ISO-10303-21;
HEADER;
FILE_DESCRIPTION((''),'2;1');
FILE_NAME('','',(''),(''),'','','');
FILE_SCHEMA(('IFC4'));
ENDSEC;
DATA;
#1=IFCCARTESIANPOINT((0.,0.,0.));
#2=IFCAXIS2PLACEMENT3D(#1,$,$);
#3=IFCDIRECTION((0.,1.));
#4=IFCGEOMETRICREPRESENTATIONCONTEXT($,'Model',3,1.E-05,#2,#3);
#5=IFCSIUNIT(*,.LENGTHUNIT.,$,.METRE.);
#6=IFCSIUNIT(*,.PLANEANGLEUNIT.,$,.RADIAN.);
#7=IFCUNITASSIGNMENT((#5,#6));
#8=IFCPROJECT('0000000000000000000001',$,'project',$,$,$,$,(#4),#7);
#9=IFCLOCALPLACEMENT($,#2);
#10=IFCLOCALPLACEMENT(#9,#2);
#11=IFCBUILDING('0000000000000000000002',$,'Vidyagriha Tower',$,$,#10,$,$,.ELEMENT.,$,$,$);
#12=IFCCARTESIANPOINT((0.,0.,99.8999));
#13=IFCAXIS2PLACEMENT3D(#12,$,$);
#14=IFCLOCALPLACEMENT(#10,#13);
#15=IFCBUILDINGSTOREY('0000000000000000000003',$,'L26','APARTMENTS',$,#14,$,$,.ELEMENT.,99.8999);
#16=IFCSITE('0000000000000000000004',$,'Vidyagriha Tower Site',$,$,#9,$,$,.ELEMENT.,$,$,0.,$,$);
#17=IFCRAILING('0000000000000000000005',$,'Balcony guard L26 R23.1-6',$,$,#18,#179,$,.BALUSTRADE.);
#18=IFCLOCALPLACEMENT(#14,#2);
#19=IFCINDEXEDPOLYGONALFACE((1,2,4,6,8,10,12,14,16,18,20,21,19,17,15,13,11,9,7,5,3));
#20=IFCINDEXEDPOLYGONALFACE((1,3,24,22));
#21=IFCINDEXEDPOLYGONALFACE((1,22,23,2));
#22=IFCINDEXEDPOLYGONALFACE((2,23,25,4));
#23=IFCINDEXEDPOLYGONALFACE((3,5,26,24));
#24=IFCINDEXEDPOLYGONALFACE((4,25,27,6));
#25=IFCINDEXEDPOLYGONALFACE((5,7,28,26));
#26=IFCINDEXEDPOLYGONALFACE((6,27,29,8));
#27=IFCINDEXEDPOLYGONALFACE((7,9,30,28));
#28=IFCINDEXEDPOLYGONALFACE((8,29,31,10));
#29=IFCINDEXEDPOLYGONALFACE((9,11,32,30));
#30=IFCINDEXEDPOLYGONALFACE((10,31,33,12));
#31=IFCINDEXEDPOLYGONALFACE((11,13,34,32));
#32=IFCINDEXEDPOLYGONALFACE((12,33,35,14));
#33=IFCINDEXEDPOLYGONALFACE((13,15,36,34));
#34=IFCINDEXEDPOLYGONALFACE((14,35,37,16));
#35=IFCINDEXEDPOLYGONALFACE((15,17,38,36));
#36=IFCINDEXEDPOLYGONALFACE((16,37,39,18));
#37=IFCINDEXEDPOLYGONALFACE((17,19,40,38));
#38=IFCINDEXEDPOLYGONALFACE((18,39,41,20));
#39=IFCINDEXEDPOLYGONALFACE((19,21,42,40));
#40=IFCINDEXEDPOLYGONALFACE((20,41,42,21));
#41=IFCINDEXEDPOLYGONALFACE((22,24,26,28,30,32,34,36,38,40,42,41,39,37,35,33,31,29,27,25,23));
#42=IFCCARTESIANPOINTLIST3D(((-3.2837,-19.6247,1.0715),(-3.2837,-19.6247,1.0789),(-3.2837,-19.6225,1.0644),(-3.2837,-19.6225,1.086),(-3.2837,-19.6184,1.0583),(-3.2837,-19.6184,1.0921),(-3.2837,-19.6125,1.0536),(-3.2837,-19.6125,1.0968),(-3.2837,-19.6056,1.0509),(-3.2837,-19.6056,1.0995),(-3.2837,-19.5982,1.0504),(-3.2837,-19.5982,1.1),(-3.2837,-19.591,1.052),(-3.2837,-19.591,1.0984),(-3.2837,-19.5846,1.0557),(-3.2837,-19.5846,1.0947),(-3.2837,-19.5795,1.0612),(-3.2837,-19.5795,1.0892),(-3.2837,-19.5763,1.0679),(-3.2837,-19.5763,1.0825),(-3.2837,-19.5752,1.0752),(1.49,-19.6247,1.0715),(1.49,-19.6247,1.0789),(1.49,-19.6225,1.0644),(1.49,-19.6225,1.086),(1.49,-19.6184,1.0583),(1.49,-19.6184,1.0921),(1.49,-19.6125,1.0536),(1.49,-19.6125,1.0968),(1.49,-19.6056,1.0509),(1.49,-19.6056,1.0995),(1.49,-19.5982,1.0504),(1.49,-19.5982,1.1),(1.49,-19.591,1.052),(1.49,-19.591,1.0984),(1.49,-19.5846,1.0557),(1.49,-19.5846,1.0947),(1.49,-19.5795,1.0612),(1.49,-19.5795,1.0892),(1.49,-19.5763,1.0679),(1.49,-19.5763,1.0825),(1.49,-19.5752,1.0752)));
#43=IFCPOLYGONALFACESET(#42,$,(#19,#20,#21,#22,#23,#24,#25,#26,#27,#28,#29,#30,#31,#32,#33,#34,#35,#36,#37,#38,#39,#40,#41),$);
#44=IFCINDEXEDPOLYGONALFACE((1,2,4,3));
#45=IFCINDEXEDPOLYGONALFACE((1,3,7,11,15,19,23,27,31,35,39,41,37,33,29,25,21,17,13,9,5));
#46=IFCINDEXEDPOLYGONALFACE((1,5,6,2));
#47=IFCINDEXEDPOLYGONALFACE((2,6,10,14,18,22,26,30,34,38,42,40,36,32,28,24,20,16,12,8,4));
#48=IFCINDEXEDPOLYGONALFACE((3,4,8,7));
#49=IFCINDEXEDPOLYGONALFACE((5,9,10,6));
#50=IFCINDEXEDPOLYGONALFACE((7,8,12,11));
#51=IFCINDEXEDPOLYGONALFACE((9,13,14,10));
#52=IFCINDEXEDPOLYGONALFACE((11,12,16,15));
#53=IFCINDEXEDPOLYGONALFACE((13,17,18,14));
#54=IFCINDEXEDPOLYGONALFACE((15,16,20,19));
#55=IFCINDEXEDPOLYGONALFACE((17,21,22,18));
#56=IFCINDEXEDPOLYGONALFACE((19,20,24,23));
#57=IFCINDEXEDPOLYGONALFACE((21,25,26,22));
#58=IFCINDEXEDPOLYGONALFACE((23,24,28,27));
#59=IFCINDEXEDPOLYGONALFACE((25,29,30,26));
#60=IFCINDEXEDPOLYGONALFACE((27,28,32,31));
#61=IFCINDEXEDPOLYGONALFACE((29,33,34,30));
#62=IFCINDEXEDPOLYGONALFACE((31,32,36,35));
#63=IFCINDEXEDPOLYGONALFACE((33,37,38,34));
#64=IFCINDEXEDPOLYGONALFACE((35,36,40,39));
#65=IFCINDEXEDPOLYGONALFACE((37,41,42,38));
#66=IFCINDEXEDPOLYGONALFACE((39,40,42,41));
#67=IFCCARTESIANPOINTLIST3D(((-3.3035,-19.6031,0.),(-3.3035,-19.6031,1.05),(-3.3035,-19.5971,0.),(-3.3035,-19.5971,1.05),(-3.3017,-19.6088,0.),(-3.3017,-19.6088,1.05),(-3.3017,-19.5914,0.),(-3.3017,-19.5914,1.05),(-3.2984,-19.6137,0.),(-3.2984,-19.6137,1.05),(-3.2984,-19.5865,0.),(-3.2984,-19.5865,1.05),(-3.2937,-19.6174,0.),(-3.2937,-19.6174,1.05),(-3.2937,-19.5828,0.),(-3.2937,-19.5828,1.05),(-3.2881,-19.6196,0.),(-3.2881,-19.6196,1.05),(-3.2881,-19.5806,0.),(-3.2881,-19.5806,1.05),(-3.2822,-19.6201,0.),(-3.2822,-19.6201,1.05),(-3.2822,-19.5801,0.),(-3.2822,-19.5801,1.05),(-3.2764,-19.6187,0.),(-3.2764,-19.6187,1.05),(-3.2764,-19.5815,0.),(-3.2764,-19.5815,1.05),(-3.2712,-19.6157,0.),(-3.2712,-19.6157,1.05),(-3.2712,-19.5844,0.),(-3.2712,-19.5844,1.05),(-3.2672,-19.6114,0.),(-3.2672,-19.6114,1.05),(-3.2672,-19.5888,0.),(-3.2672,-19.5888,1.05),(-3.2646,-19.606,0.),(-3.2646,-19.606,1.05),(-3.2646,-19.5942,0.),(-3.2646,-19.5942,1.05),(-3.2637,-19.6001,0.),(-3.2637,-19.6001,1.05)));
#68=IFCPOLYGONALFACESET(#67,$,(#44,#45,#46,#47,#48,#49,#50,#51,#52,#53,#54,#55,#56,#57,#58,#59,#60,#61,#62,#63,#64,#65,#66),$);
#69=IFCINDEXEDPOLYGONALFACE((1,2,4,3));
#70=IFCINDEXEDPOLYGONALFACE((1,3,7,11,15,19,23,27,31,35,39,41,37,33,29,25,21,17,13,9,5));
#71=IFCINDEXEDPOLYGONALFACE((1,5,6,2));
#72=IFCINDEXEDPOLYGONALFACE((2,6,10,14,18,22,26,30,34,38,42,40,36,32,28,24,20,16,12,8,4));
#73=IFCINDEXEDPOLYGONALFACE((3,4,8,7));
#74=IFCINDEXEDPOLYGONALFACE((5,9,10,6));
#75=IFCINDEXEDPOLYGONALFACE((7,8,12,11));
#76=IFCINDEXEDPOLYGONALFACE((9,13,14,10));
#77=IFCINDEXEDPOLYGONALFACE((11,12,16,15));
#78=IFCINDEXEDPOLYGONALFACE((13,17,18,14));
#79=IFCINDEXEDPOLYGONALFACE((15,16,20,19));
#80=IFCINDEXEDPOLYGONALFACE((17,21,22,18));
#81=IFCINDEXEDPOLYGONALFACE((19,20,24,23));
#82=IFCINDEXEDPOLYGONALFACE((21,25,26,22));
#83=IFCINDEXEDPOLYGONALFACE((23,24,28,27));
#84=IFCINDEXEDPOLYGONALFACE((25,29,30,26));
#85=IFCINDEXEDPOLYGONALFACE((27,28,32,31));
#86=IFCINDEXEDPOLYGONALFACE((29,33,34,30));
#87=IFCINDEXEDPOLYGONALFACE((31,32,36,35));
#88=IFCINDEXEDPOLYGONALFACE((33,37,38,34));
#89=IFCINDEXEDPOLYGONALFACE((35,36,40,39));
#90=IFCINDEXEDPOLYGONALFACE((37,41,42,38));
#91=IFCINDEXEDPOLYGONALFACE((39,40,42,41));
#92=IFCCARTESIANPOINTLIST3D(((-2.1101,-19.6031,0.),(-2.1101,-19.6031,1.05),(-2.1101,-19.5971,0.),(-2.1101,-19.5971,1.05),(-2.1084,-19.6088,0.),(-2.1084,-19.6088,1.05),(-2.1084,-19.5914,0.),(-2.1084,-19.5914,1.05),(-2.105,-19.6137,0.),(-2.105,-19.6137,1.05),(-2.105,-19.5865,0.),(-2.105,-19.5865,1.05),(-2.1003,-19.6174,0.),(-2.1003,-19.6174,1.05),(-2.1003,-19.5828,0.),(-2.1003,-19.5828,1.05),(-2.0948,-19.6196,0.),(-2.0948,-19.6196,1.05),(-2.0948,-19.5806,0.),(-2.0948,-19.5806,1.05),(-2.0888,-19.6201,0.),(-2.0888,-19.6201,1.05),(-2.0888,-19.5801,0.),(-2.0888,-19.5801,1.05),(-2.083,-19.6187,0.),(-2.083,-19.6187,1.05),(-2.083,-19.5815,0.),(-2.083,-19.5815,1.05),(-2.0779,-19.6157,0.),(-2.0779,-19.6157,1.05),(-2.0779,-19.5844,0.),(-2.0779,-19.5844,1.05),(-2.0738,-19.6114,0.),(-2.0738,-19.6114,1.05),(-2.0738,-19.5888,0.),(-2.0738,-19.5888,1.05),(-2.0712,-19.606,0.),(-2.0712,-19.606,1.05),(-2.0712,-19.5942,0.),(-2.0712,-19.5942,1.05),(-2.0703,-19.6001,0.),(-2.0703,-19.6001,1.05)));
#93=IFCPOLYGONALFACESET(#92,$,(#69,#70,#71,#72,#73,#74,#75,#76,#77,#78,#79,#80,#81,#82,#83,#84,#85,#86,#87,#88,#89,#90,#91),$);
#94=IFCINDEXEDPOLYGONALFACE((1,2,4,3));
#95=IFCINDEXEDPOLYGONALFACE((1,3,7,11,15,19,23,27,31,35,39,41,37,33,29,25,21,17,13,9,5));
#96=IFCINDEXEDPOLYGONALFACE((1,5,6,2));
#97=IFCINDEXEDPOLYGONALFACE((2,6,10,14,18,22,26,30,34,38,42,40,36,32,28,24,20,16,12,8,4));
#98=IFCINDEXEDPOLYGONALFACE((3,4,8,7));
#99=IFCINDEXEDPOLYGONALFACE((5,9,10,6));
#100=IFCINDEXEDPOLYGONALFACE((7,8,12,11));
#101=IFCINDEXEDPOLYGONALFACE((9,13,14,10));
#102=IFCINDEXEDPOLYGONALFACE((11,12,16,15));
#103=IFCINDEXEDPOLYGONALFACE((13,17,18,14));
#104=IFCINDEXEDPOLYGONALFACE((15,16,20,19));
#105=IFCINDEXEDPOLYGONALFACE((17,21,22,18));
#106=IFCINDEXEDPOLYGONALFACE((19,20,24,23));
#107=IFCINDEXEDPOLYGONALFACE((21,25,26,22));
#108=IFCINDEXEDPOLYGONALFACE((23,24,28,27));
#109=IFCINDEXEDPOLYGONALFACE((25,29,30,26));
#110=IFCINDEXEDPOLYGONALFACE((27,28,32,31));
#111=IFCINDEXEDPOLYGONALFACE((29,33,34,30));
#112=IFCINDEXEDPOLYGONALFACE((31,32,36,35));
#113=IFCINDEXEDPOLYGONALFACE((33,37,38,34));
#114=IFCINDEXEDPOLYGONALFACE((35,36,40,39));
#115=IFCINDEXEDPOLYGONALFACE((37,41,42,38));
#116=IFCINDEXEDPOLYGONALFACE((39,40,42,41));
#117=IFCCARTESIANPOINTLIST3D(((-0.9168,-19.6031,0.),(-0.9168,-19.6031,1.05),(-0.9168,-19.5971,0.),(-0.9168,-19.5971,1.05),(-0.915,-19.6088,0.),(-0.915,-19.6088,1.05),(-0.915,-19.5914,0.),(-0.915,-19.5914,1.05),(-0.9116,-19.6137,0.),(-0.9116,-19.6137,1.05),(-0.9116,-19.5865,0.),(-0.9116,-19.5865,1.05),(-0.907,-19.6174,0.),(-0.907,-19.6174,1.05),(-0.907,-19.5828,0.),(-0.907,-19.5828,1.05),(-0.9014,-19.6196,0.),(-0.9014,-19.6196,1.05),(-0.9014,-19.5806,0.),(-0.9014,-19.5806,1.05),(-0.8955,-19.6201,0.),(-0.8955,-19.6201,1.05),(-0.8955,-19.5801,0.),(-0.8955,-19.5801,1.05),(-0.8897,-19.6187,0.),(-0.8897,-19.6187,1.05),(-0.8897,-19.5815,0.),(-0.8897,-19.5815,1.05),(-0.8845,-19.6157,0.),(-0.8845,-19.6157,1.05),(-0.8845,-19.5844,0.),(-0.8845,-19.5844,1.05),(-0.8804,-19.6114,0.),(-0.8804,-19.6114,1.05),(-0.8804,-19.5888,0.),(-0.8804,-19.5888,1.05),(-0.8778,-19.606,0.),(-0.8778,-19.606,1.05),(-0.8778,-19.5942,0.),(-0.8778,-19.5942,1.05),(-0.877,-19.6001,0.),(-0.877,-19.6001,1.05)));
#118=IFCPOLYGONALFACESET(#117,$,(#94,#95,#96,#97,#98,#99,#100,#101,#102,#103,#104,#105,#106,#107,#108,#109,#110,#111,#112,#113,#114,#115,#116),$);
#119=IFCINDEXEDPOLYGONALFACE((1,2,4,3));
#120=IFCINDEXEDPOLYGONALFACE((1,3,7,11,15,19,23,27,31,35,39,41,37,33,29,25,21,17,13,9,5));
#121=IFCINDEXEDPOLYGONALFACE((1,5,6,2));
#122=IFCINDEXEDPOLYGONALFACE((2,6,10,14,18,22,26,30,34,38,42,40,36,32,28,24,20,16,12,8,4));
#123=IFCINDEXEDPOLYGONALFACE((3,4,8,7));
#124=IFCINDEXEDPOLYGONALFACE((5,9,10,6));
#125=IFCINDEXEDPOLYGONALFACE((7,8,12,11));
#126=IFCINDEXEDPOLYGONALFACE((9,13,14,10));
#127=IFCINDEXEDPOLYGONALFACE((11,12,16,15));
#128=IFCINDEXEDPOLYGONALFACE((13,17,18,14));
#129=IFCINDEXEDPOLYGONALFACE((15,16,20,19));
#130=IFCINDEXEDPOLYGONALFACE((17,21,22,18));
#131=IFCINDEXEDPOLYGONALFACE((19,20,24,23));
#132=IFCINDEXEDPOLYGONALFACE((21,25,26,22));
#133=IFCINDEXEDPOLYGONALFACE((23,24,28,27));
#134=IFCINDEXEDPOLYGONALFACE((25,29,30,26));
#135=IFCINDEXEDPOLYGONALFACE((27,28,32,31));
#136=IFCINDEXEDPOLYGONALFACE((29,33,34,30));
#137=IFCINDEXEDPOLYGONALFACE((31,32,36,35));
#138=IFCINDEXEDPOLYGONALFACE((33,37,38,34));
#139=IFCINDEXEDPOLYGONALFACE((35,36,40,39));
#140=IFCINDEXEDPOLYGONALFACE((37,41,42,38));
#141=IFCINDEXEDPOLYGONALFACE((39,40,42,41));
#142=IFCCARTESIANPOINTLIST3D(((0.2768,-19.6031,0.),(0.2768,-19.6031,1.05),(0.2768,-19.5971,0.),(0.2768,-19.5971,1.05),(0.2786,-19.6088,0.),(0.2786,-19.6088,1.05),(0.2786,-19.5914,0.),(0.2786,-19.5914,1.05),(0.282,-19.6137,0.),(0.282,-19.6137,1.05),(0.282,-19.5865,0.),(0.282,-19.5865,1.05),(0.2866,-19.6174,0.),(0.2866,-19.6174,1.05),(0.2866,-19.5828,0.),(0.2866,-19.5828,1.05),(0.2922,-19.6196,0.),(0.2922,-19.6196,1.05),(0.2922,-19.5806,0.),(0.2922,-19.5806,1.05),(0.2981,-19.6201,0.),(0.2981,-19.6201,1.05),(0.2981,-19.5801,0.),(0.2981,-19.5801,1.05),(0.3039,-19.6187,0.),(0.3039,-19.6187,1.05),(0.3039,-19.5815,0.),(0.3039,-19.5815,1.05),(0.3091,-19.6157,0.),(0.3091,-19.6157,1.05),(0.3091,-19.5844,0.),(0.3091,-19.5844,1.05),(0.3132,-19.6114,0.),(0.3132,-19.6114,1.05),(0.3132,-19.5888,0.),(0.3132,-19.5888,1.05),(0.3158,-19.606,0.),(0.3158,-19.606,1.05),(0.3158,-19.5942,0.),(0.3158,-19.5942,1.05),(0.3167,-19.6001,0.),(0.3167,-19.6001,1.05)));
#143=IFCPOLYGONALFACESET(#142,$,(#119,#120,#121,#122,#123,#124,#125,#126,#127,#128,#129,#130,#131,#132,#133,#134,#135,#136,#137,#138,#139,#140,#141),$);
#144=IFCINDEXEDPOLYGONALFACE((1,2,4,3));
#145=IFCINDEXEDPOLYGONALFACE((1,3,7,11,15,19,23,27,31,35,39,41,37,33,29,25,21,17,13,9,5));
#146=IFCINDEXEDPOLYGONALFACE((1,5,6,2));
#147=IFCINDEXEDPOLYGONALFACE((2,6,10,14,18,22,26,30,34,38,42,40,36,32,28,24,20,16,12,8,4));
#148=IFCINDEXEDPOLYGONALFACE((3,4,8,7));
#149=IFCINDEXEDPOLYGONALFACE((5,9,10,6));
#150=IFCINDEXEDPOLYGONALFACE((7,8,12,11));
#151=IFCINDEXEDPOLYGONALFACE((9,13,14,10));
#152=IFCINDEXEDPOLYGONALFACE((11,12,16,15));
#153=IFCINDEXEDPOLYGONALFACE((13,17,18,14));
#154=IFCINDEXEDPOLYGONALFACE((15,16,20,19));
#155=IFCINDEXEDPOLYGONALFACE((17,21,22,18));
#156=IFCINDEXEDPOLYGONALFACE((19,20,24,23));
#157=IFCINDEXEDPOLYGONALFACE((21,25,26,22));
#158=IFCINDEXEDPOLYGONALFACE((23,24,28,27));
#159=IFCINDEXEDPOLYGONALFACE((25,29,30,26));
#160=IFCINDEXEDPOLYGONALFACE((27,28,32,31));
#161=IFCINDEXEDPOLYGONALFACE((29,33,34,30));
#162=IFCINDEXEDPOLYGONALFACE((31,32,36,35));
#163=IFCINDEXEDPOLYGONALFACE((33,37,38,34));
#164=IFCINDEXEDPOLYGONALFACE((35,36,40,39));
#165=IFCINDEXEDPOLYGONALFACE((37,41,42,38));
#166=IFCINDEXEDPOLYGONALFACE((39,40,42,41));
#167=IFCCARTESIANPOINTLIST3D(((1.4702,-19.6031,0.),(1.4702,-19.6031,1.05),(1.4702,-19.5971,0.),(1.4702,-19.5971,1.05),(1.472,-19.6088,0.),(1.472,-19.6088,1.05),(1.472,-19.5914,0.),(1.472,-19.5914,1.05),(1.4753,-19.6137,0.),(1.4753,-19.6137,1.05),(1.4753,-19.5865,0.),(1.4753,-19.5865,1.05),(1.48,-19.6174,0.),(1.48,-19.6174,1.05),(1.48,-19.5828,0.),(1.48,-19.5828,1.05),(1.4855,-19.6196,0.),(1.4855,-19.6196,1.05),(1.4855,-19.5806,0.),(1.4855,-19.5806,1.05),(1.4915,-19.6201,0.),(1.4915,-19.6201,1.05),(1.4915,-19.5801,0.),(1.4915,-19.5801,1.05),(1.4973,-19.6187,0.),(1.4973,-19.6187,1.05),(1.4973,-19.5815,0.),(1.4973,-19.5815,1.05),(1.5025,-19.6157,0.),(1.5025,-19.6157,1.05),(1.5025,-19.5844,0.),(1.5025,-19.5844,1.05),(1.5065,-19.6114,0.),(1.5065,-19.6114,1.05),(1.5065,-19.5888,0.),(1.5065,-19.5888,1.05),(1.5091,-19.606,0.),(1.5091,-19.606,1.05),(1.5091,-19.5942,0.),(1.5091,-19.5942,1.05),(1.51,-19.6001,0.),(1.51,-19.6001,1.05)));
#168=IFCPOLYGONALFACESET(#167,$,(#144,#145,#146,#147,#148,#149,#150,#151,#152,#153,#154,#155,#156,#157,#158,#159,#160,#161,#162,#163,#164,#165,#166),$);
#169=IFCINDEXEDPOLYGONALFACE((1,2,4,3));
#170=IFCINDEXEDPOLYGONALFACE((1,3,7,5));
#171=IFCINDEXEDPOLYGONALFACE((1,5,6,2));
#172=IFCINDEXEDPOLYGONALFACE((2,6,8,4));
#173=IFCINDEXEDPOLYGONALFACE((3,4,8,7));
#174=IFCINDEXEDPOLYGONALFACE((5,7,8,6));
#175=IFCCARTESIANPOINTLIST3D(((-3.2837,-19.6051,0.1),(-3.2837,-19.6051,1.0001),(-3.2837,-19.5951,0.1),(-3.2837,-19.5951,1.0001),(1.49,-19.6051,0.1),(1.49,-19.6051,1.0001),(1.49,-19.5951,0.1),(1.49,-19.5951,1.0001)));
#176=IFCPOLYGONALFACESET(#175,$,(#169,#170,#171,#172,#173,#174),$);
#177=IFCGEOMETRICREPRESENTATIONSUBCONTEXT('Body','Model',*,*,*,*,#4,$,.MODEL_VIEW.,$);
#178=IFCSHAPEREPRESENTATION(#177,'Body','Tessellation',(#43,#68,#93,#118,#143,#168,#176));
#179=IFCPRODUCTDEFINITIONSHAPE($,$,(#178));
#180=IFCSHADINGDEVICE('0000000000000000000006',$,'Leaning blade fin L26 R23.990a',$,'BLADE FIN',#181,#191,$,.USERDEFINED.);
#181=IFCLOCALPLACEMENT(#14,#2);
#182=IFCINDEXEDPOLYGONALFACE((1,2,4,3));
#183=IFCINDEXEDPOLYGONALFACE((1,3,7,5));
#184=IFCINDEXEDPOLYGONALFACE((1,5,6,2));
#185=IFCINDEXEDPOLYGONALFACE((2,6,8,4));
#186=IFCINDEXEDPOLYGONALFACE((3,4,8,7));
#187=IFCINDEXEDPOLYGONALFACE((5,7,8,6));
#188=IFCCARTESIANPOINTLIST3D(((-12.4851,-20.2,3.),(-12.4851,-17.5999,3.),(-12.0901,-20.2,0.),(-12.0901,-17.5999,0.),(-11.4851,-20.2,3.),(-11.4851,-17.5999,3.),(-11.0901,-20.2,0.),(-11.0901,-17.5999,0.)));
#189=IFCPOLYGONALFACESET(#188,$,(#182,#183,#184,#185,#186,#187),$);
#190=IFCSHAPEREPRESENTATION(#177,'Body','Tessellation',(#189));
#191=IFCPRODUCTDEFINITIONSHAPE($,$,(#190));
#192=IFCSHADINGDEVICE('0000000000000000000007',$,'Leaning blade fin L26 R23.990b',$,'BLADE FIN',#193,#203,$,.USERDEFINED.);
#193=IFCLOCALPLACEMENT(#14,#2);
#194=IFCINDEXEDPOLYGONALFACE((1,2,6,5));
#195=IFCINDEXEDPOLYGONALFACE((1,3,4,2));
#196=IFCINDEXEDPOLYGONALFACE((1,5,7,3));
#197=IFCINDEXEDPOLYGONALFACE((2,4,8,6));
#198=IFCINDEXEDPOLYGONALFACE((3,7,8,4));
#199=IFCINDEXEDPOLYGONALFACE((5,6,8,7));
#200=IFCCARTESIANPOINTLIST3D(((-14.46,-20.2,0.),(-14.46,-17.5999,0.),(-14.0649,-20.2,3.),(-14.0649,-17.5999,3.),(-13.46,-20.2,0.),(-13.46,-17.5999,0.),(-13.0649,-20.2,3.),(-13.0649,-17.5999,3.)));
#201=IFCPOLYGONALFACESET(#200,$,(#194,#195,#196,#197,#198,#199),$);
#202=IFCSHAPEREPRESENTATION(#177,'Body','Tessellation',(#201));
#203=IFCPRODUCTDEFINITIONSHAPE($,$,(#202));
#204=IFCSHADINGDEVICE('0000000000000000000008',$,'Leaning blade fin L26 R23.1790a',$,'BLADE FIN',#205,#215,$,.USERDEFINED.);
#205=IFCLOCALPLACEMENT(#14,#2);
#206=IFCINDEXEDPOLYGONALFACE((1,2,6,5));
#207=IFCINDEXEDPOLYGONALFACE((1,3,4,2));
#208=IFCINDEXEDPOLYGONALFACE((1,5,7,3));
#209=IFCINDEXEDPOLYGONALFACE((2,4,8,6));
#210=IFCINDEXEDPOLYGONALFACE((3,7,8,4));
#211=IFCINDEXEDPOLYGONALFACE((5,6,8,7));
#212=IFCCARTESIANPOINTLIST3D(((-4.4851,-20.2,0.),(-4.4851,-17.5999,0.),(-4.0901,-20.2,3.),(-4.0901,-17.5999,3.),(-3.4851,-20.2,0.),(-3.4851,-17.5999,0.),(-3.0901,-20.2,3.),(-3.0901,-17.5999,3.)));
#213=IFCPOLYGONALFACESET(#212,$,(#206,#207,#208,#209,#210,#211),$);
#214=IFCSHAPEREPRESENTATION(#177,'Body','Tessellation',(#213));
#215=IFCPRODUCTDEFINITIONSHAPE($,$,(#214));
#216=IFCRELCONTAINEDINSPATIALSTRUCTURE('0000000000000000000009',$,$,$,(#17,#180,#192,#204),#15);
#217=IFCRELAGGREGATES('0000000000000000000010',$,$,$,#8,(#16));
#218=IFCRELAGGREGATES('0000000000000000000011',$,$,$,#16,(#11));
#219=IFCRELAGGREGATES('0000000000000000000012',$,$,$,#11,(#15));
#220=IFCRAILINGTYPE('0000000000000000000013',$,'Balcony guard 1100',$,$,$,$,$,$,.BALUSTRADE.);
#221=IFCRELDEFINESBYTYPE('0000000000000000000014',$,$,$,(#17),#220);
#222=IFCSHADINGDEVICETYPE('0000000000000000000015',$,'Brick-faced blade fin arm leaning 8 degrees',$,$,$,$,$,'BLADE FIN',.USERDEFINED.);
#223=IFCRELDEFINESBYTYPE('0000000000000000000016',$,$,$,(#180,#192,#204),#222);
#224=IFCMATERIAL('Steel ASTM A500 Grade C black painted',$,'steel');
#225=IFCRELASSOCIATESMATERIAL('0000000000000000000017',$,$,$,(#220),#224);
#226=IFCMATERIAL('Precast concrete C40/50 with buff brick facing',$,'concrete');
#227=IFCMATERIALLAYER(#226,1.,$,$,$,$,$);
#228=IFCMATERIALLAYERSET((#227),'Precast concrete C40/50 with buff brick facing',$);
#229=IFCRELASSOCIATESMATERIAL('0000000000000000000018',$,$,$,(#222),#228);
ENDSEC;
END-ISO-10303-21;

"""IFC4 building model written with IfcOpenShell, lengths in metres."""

from ifc_helpers import new_model, si_unit, direction, frame, origin, origin_2d, place, context, subcontext, project, spatial, polyline, rectangle, circle, outline, extrude, material, layer, layer_set, type_object, element, save


model = new_model("IFC4")

# Units and contexts
model_context = context("Model", 3, precision=1e-05, world=origin(), true_north=direction((0.0, 1.0)))
body_context = subcontext(model_context, "Body", "Model", "MODEL_VIEW")
ifc_project = project(units=[si_unit("LENGTHUNIT", "METRE"), si_unit("PLANEANGLEUNIT", "RADIAN")], contexts=[model_context])

# Site, building, storey
site_placement = place(None, origin())
site = spatial("IfcSite", under=ifc_project, at=site_placement, Name="Vidyagriha Tower Site", CompositionType="ELEMENT", RefElevation=0.0)
building_placement = place(site_placement, origin())
building = spatial("IfcBuilding", under=site, at=building_placement, Name="Vidyagriha Tower", CompositionType="ELEMENT")
storey_placement = place(building_placement, frame((0.0, 0.0, 99.8999)))
storey = spatial("IfcBuildingStorey", under=building, at=storey_placement, Name="L26", Description="APARTMENTS", CompositionType="ELEMENT", Elevation=99.8999)

# Railing
ifc_material_1 = material(Name="Steel ASTM A500 Grade C black painted", Category="steel")
railing_type = type_object("IfcRailingType", Name="Balcony guard 1100", PredefinedType="BALUSTRADE", material=ifc_material_1)
railing_1_placement = place(storey_placement, frame((-3.2837, -19.6001, 0.0)))
element("IfcRailing", 1, at=railing_1_placement, inside=storey, type_object=railing_type, Name="Balcony guard L26 R23.1-6", PredefinedType="BALUSTRADE", context=body_context, shape_type="SweptSolid", body=[
    extrude(circle(Radius=0.0249, at=origin_2d()), frame((0.0, 0.0, 1.0752), z_axis=(1.0, 0.0, 0.0), x_axis=(0.0, 1.0, 0.0)), (0.0, 0.0, 1.0), 4.7737),
    extrude(circle(Radius=0.02, at=origin_2d()), origin(), (0.0, 0.0, 1.0), 1.05),
    extrude(circle(Radius=0.02, at=origin_2d()), frame((1.1934, 0.0, 0.0)), (0.0, 0.0, 1.0), 1.05),
    extrude(circle(Radius=0.02, at=origin_2d()), frame((2.3867, 0.0, 0.0)), (0.0, 0.0, 1.0), 1.05),
    extrude(circle(Radius=0.02, at=origin_2d()), frame((3.5803, 0.0, 0.0)), (0.0, 0.0, 1.0), 1.05),
    extrude(circle(Radius=0.02, at=origin_2d()), frame((4.7737, 0.0, 0.0)), (0.0, 0.0, 1.0), 1.05),
    extrude(rectangle(XDim=0.01, YDim=0.9001, at=origin_2d()), frame((0.0, 0.0, 0.55), z_axis=(1.0, 0.0, 0.0), x_axis=(0.0, 1.0, 0.0)), (0.0, 0.0, 1.0), 4.7737),
])

# Shading devices
ifc_material_2 = material(Name="Precast concrete C40/50 with buff brick facing", Category="concrete")
ifc_layer_1 = layer(ifc_material_2, 1.0)
ifc_layer_set_1 = layer_set([ifc_layer_1], Name="Precast concrete C40/50 with buff brick facing")
shading_device_type = type_object("IfcShadingDeviceType", Name="Brick-faced blade fin arm leaning 8 degrees", ElementType="BLADE FIN", PredefinedType="USERDEFINED", material=ifc_layer_set_1)
shading_device_1_placement = place(storey_placement, frame((-12.4851, -18.8999, 0.0)))
element("IfcShadingDevice", 2, at=shading_device_1_placement, inside=storey, type_object=shading_device_type, Name="Leaning blade fin L26 R23.990a", ObjectType="BLADE FIN", PredefinedType="USERDEFINED", context=body_context, shape_type="SweptSolid", body=[
    extrude(outline(polyline([(0.395, 0.0), (1.395, 0.0), (1.0, 3.0), (0.0, 3.0), (0.395, 0.0)])), frame((0.0, 1.3, 0.0), z_axis=(0.0, -1.0, 0.0), x_axis=(1.0, 0.0, 0.0)), (0.0, 0.0, 1.0), 2.6001),
])
for number, where, name in (
    (3, (-14.46, -18.8999, 0.0), "Leaning blade fin L26 R23.990b"),
    (4, (-4.4851, -18.8999, 0.0), "Leaning blade fin L26 R23.1790a"),
):
    element("IfcShadingDevice", number, at=place(storey_placement, frame(where)), inside=storey, type_object=shading_device_type, Name=name, ObjectType="BLADE FIN", PredefinedType="USERDEFINED", context=body_context, shape_type="SweptSolid", body=[
        extrude(outline(polyline([(0.0, 0.0), (1.0, 0.0), (1.395, 3.0), (0.395, 3.0), (0.0, 0.0)])), frame((0.0, 1.3, 0.0), z_axis=(0.0, -1.0, 0.0), x_axis=(1.0, 0.0, 0.0)), (0.0, 0.0, 1.0), 2.6001),
    ])

save(model, "model.ifc")
